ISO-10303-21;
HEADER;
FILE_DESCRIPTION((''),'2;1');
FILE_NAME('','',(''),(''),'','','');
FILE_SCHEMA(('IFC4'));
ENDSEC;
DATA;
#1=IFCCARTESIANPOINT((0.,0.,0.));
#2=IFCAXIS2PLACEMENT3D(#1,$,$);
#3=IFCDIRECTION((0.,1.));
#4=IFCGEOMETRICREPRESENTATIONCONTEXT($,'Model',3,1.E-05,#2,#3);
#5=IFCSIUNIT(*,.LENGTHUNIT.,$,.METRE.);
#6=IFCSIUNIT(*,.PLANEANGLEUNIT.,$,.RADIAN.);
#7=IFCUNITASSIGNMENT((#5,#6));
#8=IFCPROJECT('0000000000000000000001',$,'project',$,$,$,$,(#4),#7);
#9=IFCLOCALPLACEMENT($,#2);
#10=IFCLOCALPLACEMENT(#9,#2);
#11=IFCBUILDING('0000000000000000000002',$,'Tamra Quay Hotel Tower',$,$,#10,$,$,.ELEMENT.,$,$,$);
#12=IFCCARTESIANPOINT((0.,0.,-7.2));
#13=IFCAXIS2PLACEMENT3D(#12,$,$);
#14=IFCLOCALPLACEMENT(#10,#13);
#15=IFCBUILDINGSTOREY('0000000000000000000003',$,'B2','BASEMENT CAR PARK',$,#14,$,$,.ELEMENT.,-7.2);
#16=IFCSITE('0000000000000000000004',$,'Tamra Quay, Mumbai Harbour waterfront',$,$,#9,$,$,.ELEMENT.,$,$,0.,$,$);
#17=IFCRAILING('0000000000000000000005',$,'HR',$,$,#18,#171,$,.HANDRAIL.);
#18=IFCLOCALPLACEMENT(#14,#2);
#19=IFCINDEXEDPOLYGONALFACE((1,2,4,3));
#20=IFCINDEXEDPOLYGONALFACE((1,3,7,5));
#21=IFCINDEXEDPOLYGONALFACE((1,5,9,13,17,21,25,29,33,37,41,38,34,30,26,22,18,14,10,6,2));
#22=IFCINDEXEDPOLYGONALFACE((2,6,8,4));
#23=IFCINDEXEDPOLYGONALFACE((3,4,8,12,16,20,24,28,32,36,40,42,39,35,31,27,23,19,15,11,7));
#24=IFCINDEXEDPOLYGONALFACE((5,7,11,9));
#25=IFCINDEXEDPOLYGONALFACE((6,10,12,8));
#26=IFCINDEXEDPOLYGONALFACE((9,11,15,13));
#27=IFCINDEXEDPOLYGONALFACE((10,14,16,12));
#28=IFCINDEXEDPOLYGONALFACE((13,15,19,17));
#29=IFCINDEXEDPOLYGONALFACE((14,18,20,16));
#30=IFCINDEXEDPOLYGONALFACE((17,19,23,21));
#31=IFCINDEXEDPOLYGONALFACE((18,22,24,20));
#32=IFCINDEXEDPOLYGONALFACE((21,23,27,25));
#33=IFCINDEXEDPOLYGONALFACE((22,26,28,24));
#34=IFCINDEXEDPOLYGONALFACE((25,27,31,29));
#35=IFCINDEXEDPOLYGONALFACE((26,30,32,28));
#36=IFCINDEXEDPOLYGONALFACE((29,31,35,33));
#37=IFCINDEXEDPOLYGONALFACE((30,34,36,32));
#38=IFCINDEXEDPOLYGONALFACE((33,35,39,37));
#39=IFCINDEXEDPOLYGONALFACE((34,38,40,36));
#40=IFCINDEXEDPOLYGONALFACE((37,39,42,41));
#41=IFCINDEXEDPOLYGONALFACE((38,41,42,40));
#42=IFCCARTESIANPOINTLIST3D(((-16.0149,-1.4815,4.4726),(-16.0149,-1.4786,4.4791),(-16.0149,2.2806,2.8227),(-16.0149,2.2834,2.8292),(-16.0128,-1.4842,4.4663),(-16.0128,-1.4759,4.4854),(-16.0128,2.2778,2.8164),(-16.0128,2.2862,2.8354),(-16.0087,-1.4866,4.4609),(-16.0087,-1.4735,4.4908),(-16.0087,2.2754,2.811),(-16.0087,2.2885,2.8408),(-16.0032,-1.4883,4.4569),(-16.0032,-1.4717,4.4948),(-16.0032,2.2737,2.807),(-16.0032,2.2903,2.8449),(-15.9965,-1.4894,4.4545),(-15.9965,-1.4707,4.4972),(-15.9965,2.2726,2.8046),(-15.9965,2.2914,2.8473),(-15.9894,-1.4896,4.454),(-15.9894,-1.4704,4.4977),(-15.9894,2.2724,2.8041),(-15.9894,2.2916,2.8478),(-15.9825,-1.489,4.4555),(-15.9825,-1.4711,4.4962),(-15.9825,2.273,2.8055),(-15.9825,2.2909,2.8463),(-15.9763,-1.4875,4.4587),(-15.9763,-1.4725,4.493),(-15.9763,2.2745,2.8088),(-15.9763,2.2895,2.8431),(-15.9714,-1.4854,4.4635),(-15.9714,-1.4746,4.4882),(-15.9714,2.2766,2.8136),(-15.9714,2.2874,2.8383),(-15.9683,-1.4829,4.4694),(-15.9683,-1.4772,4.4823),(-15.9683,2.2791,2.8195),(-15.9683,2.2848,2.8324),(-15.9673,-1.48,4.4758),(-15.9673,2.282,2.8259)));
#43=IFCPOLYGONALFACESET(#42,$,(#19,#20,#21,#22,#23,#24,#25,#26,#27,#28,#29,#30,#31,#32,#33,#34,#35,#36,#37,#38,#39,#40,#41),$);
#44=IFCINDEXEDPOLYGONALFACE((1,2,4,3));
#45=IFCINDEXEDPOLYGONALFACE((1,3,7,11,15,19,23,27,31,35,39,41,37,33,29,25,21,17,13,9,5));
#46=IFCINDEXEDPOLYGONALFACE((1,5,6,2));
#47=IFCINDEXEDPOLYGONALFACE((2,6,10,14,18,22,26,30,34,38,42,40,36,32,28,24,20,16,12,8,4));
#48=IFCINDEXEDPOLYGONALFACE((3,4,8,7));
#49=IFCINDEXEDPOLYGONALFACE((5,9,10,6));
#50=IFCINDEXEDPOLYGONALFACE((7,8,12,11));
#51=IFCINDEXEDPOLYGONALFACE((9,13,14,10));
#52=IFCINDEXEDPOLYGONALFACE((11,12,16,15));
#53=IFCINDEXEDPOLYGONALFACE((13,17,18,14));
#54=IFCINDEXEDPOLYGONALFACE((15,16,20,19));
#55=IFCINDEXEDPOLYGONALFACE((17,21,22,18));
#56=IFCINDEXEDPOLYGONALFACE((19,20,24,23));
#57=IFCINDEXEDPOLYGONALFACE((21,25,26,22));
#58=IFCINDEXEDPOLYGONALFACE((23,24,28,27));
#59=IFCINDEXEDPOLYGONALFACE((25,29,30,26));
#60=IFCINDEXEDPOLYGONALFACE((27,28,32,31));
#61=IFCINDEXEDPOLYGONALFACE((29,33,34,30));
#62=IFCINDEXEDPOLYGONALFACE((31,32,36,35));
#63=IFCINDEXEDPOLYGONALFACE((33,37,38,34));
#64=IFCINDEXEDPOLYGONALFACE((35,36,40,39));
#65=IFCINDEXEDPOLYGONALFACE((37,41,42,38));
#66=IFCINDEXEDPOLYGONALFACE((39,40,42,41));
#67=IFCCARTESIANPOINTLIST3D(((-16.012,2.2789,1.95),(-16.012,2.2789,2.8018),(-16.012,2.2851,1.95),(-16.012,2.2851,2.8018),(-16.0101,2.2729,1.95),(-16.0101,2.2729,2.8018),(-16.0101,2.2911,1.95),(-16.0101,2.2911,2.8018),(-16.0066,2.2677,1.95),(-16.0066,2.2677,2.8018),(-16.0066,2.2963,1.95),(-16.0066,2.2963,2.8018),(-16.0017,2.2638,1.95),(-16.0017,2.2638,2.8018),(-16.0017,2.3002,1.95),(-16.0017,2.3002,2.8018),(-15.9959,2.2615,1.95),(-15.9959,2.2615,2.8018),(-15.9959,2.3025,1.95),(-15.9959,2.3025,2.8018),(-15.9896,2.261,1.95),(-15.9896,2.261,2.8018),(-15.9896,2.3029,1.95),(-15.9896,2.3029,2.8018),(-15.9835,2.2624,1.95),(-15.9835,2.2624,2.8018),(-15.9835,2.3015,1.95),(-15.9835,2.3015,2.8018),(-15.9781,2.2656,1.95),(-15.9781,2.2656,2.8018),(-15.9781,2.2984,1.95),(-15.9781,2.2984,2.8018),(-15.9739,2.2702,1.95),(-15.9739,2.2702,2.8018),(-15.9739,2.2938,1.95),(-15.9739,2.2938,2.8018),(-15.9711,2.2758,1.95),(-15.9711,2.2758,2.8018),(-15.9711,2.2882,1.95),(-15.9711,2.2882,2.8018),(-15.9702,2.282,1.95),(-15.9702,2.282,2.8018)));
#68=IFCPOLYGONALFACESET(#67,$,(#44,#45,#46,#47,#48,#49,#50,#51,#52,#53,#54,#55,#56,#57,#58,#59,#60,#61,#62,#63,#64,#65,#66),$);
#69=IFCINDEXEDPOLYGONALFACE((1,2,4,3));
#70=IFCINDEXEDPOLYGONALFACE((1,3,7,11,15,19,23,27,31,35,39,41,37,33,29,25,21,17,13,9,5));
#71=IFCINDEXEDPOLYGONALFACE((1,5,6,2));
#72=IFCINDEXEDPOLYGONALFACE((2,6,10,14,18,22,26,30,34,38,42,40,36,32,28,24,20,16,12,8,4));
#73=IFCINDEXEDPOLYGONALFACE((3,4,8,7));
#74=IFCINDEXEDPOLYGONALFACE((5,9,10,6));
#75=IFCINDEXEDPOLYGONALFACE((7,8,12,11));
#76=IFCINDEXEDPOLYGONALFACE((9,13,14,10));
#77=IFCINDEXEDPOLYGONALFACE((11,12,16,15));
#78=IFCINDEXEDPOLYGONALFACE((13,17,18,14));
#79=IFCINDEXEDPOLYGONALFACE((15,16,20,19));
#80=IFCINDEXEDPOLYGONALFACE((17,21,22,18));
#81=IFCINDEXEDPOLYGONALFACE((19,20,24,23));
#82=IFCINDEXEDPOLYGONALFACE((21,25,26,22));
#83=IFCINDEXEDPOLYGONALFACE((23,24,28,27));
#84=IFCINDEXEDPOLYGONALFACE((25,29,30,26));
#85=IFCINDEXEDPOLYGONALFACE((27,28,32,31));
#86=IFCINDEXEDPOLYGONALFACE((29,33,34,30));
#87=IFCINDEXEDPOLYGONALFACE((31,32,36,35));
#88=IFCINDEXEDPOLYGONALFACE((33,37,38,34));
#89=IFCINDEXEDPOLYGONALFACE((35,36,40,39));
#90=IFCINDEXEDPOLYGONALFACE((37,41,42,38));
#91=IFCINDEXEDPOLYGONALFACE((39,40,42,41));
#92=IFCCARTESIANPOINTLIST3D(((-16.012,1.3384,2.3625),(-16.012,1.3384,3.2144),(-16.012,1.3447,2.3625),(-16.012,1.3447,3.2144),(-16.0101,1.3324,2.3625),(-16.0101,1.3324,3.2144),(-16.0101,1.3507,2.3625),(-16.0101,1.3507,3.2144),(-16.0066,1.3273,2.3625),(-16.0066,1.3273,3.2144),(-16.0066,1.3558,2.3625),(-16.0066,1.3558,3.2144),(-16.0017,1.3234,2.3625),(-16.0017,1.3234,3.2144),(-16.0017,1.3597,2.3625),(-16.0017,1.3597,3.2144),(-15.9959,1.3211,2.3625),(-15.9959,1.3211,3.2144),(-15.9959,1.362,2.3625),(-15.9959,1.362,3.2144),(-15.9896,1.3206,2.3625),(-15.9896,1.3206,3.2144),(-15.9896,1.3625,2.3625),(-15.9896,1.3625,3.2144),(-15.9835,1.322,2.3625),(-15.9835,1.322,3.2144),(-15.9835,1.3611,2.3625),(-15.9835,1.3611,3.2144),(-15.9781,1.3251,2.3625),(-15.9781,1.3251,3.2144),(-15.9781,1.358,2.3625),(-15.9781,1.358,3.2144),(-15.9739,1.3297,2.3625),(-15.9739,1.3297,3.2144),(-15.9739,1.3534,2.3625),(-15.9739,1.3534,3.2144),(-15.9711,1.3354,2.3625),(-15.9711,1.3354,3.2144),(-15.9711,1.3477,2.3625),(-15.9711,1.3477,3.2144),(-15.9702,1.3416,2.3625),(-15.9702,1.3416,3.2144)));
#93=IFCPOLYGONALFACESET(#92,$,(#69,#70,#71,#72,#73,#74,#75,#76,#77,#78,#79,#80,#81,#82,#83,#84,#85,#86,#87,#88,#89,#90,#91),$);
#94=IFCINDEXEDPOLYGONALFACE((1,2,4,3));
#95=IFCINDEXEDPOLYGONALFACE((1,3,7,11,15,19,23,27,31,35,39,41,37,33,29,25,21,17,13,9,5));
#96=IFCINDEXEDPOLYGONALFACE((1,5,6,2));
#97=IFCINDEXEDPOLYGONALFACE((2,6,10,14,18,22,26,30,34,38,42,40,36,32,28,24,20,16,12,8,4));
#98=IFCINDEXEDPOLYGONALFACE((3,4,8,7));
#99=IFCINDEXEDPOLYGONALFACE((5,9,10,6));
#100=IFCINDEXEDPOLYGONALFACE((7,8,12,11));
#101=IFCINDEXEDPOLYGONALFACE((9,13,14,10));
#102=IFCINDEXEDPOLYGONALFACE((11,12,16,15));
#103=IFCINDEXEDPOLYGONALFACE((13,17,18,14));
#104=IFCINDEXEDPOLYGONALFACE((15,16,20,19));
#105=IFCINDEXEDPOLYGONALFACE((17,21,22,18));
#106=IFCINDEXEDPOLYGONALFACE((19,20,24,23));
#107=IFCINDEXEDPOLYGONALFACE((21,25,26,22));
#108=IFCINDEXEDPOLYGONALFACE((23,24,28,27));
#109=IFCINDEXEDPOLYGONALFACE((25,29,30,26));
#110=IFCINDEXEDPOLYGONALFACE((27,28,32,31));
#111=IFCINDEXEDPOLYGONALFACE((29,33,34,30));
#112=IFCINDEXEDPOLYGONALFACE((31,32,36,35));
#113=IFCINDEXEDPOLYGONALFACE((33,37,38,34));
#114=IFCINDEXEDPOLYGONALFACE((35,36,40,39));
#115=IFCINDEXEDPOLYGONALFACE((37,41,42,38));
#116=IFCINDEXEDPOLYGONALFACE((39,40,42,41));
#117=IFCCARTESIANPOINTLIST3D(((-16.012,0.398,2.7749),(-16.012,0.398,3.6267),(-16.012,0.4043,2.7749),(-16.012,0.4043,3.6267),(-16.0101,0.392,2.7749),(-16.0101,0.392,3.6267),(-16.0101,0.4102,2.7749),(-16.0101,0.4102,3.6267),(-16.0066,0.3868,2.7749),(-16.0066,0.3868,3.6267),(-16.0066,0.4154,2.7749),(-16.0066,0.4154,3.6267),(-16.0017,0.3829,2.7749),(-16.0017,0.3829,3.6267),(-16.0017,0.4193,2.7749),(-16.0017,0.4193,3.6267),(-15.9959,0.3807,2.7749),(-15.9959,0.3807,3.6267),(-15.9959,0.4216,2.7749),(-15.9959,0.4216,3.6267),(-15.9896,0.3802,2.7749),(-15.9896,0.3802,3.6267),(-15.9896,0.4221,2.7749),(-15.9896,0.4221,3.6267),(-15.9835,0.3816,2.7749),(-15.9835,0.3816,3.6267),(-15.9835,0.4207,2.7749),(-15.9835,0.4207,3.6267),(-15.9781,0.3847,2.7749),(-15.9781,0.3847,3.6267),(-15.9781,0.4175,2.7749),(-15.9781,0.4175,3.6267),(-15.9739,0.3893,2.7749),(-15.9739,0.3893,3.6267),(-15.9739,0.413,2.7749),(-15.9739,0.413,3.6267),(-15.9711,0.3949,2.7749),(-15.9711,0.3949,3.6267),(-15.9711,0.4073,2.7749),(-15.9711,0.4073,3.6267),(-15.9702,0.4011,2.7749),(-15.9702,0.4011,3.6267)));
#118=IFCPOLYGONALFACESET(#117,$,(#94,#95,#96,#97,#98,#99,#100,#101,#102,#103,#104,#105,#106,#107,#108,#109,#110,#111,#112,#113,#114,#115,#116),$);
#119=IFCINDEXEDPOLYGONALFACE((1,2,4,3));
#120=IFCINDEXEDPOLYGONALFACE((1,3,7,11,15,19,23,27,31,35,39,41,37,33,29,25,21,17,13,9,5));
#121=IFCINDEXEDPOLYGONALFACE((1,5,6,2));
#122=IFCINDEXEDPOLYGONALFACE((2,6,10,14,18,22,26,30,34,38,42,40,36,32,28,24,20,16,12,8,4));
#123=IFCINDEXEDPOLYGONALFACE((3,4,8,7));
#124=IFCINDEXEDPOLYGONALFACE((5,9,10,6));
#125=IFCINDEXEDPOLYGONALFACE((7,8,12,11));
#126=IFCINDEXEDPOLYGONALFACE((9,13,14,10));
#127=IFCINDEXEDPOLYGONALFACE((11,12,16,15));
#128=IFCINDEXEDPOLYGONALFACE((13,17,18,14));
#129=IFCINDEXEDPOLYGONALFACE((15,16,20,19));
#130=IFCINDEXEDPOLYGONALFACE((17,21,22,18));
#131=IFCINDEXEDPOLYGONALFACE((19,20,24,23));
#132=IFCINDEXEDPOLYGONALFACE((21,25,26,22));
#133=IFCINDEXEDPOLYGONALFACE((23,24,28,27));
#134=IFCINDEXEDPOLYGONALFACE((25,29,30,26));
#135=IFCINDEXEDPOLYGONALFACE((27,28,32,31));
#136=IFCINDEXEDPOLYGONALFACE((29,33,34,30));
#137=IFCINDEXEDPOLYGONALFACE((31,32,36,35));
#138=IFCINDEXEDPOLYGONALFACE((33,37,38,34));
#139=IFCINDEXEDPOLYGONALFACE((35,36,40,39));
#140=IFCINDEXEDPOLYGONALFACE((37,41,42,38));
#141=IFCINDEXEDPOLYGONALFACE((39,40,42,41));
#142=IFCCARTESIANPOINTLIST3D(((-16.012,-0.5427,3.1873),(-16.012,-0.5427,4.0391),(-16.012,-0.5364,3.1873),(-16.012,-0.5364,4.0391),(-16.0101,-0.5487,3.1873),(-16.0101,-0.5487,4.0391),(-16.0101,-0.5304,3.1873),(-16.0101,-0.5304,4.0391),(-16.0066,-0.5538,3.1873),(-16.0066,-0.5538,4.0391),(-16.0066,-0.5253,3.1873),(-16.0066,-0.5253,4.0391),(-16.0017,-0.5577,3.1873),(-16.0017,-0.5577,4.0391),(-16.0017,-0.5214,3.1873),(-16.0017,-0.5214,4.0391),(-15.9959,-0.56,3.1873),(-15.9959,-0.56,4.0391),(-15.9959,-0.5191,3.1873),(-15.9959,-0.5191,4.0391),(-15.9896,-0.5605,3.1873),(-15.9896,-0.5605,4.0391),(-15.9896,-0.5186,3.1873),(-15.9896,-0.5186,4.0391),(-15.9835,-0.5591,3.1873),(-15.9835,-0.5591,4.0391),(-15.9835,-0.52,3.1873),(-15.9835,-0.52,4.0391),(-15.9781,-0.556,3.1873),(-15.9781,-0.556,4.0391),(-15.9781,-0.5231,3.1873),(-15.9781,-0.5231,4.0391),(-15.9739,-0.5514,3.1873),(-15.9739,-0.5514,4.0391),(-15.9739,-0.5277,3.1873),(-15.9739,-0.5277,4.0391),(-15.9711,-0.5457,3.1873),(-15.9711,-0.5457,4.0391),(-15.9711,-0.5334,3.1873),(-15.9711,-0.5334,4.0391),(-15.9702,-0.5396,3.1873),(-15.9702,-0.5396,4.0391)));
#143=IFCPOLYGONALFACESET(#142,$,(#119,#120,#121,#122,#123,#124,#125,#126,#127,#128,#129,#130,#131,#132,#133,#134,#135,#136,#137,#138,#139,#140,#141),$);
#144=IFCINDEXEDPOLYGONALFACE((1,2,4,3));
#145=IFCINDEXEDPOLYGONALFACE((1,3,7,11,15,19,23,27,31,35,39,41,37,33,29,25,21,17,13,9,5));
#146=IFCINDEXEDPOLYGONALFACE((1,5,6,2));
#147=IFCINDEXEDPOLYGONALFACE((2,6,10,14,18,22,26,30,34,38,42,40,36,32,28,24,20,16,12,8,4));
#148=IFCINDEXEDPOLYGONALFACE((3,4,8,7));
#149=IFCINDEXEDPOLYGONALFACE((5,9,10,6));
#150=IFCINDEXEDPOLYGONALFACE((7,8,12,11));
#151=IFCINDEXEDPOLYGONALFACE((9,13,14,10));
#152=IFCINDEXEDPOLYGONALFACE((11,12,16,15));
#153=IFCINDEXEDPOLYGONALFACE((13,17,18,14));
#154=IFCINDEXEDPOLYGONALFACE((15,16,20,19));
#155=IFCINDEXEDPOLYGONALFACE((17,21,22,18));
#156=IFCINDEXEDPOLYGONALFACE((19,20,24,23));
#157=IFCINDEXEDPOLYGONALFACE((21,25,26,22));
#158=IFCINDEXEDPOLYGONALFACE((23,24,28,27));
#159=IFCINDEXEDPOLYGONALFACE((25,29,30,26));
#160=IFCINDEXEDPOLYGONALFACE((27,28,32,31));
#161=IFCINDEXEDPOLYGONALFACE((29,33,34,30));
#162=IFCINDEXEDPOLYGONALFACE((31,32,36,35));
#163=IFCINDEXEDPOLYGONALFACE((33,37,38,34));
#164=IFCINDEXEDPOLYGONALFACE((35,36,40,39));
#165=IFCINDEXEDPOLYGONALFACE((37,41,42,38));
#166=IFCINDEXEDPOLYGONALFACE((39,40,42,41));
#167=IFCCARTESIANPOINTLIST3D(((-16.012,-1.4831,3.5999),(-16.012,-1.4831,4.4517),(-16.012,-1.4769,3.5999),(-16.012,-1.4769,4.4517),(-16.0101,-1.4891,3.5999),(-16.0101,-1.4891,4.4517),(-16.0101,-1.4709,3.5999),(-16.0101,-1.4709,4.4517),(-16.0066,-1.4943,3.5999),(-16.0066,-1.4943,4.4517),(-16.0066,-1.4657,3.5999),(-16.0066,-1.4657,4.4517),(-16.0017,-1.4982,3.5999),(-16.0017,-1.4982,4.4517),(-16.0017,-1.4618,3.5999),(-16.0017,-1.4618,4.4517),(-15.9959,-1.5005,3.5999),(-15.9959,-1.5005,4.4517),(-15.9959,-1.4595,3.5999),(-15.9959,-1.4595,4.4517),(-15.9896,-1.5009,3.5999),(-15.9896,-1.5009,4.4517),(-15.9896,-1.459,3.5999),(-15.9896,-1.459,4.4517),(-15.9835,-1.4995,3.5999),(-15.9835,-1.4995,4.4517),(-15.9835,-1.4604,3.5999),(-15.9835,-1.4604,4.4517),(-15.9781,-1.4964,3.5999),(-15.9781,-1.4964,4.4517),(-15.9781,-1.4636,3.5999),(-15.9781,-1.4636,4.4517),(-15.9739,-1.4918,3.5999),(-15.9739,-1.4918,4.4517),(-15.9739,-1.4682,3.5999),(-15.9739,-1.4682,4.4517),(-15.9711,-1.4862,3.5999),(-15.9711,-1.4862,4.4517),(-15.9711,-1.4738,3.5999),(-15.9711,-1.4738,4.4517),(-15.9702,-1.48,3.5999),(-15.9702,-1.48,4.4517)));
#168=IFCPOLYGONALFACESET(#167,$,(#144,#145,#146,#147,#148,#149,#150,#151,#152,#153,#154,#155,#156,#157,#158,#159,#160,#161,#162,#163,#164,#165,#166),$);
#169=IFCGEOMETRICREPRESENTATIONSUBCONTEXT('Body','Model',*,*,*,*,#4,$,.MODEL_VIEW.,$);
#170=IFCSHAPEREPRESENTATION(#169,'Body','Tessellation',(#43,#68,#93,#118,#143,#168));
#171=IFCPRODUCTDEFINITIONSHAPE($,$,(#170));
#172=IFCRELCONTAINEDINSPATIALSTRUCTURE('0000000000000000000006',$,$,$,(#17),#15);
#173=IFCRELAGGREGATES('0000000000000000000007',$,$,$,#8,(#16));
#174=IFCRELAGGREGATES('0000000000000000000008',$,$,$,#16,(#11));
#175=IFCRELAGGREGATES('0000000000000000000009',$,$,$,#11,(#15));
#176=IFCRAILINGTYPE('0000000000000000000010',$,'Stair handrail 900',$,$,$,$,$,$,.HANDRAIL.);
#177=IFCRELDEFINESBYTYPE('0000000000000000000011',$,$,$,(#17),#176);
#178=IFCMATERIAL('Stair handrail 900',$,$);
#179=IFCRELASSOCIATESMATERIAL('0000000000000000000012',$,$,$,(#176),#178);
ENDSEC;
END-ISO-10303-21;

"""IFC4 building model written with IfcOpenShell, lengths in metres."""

from ifc_helpers import new_model, si_unit, direction, frame, origin, origin_2d, place, context, subcontext, project, spatial, circle, extrude, material, type_object, element, save


model = new_model("IFC4")

# Units and contexts
model_context = context("Model", 3, precision=1e-05, world=origin(), true_north=direction((0.0, 1.0)))
body_context = subcontext(model_context, "Body", "Model", "MODEL_VIEW")
ifc_project = project(units=[si_unit("LENGTHUNIT", "METRE"), si_unit("PLANEANGLEUNIT", "RADIAN")], contexts=[model_context])

# Site, building, storey
site_placement = place(None, origin())
site = spatial("IfcSite", under=ifc_project, at=site_placement, Name="Tamra Quay, Mumbai Harbour waterfront", CompositionType="ELEMENT", RefElevation=0.0)
building_placement = place(site_placement, origin())
building = spatial("IfcBuilding", under=site, at=building_placement, Name="Tamra Quay Hotel Tower", CompositionType="ELEMENT")
storey_placement = place(building_placement, frame((0.0, 0.0, -7.2)))
storey = spatial("IfcBuildingStorey", under=building, at=storey_placement, Name="B2", Description="BASEMENT CAR PARK", CompositionType="ELEMENT", Elevation=-7.2)

# Railing
ifc_material_1 = material(Name="Stair handrail 900")
railing_type = type_object("IfcRailingType", Name="Stair handrail 900", PredefinedType="HANDRAIL", material=ifc_material_1)
railing_placement = place(storey_placement, frame((-15.9912, 2.282, 1.95)))
element("IfcRailing", 1, at=railing_placement, inside=storey, type_object=railing_type, Name="HR", PredefinedType="HANDRAIL", context=body_context, shape_type="SweptSolid", body=[
    extrude(circle(Radius=0.0239, at=origin_2d()), frame((0.0, 0.0, 0.876), z_axis=(0.0, -0.915795, 0.401645), x_axis=(1.0, 0.0, 0.0)), (0.0, 0.0, 1.0), 4.1079),
    extrude(circle(Radius=0.021, at=origin_2d()), origin(), (0.0, 0.0, 1.0), 0.8518),
    extrude(circle(Radius=0.021, at=origin_2d()), frame((0.0, -0.9404, 0.4126)), (0.0, 0.0, 1.0), 0.8518),
    extrude(circle(Radius=0.021, at=origin_2d()), frame((0.0, -1.8809, 0.825)), (0.0, 0.0, 1.0), 0.8518),
    extrude(circle(Radius=0.021, at=origin_2d()), frame((0.0, -2.8215, 1.2373)), (0.0, 0.0, 1.0), 0.8518),
    extrude(circle(Radius=0.021, at=origin_2d()), frame((0.0, -3.762, 1.6499)), (0.0, 0.0, 1.0), 0.8518),
])

save(model, "model.ifc")
